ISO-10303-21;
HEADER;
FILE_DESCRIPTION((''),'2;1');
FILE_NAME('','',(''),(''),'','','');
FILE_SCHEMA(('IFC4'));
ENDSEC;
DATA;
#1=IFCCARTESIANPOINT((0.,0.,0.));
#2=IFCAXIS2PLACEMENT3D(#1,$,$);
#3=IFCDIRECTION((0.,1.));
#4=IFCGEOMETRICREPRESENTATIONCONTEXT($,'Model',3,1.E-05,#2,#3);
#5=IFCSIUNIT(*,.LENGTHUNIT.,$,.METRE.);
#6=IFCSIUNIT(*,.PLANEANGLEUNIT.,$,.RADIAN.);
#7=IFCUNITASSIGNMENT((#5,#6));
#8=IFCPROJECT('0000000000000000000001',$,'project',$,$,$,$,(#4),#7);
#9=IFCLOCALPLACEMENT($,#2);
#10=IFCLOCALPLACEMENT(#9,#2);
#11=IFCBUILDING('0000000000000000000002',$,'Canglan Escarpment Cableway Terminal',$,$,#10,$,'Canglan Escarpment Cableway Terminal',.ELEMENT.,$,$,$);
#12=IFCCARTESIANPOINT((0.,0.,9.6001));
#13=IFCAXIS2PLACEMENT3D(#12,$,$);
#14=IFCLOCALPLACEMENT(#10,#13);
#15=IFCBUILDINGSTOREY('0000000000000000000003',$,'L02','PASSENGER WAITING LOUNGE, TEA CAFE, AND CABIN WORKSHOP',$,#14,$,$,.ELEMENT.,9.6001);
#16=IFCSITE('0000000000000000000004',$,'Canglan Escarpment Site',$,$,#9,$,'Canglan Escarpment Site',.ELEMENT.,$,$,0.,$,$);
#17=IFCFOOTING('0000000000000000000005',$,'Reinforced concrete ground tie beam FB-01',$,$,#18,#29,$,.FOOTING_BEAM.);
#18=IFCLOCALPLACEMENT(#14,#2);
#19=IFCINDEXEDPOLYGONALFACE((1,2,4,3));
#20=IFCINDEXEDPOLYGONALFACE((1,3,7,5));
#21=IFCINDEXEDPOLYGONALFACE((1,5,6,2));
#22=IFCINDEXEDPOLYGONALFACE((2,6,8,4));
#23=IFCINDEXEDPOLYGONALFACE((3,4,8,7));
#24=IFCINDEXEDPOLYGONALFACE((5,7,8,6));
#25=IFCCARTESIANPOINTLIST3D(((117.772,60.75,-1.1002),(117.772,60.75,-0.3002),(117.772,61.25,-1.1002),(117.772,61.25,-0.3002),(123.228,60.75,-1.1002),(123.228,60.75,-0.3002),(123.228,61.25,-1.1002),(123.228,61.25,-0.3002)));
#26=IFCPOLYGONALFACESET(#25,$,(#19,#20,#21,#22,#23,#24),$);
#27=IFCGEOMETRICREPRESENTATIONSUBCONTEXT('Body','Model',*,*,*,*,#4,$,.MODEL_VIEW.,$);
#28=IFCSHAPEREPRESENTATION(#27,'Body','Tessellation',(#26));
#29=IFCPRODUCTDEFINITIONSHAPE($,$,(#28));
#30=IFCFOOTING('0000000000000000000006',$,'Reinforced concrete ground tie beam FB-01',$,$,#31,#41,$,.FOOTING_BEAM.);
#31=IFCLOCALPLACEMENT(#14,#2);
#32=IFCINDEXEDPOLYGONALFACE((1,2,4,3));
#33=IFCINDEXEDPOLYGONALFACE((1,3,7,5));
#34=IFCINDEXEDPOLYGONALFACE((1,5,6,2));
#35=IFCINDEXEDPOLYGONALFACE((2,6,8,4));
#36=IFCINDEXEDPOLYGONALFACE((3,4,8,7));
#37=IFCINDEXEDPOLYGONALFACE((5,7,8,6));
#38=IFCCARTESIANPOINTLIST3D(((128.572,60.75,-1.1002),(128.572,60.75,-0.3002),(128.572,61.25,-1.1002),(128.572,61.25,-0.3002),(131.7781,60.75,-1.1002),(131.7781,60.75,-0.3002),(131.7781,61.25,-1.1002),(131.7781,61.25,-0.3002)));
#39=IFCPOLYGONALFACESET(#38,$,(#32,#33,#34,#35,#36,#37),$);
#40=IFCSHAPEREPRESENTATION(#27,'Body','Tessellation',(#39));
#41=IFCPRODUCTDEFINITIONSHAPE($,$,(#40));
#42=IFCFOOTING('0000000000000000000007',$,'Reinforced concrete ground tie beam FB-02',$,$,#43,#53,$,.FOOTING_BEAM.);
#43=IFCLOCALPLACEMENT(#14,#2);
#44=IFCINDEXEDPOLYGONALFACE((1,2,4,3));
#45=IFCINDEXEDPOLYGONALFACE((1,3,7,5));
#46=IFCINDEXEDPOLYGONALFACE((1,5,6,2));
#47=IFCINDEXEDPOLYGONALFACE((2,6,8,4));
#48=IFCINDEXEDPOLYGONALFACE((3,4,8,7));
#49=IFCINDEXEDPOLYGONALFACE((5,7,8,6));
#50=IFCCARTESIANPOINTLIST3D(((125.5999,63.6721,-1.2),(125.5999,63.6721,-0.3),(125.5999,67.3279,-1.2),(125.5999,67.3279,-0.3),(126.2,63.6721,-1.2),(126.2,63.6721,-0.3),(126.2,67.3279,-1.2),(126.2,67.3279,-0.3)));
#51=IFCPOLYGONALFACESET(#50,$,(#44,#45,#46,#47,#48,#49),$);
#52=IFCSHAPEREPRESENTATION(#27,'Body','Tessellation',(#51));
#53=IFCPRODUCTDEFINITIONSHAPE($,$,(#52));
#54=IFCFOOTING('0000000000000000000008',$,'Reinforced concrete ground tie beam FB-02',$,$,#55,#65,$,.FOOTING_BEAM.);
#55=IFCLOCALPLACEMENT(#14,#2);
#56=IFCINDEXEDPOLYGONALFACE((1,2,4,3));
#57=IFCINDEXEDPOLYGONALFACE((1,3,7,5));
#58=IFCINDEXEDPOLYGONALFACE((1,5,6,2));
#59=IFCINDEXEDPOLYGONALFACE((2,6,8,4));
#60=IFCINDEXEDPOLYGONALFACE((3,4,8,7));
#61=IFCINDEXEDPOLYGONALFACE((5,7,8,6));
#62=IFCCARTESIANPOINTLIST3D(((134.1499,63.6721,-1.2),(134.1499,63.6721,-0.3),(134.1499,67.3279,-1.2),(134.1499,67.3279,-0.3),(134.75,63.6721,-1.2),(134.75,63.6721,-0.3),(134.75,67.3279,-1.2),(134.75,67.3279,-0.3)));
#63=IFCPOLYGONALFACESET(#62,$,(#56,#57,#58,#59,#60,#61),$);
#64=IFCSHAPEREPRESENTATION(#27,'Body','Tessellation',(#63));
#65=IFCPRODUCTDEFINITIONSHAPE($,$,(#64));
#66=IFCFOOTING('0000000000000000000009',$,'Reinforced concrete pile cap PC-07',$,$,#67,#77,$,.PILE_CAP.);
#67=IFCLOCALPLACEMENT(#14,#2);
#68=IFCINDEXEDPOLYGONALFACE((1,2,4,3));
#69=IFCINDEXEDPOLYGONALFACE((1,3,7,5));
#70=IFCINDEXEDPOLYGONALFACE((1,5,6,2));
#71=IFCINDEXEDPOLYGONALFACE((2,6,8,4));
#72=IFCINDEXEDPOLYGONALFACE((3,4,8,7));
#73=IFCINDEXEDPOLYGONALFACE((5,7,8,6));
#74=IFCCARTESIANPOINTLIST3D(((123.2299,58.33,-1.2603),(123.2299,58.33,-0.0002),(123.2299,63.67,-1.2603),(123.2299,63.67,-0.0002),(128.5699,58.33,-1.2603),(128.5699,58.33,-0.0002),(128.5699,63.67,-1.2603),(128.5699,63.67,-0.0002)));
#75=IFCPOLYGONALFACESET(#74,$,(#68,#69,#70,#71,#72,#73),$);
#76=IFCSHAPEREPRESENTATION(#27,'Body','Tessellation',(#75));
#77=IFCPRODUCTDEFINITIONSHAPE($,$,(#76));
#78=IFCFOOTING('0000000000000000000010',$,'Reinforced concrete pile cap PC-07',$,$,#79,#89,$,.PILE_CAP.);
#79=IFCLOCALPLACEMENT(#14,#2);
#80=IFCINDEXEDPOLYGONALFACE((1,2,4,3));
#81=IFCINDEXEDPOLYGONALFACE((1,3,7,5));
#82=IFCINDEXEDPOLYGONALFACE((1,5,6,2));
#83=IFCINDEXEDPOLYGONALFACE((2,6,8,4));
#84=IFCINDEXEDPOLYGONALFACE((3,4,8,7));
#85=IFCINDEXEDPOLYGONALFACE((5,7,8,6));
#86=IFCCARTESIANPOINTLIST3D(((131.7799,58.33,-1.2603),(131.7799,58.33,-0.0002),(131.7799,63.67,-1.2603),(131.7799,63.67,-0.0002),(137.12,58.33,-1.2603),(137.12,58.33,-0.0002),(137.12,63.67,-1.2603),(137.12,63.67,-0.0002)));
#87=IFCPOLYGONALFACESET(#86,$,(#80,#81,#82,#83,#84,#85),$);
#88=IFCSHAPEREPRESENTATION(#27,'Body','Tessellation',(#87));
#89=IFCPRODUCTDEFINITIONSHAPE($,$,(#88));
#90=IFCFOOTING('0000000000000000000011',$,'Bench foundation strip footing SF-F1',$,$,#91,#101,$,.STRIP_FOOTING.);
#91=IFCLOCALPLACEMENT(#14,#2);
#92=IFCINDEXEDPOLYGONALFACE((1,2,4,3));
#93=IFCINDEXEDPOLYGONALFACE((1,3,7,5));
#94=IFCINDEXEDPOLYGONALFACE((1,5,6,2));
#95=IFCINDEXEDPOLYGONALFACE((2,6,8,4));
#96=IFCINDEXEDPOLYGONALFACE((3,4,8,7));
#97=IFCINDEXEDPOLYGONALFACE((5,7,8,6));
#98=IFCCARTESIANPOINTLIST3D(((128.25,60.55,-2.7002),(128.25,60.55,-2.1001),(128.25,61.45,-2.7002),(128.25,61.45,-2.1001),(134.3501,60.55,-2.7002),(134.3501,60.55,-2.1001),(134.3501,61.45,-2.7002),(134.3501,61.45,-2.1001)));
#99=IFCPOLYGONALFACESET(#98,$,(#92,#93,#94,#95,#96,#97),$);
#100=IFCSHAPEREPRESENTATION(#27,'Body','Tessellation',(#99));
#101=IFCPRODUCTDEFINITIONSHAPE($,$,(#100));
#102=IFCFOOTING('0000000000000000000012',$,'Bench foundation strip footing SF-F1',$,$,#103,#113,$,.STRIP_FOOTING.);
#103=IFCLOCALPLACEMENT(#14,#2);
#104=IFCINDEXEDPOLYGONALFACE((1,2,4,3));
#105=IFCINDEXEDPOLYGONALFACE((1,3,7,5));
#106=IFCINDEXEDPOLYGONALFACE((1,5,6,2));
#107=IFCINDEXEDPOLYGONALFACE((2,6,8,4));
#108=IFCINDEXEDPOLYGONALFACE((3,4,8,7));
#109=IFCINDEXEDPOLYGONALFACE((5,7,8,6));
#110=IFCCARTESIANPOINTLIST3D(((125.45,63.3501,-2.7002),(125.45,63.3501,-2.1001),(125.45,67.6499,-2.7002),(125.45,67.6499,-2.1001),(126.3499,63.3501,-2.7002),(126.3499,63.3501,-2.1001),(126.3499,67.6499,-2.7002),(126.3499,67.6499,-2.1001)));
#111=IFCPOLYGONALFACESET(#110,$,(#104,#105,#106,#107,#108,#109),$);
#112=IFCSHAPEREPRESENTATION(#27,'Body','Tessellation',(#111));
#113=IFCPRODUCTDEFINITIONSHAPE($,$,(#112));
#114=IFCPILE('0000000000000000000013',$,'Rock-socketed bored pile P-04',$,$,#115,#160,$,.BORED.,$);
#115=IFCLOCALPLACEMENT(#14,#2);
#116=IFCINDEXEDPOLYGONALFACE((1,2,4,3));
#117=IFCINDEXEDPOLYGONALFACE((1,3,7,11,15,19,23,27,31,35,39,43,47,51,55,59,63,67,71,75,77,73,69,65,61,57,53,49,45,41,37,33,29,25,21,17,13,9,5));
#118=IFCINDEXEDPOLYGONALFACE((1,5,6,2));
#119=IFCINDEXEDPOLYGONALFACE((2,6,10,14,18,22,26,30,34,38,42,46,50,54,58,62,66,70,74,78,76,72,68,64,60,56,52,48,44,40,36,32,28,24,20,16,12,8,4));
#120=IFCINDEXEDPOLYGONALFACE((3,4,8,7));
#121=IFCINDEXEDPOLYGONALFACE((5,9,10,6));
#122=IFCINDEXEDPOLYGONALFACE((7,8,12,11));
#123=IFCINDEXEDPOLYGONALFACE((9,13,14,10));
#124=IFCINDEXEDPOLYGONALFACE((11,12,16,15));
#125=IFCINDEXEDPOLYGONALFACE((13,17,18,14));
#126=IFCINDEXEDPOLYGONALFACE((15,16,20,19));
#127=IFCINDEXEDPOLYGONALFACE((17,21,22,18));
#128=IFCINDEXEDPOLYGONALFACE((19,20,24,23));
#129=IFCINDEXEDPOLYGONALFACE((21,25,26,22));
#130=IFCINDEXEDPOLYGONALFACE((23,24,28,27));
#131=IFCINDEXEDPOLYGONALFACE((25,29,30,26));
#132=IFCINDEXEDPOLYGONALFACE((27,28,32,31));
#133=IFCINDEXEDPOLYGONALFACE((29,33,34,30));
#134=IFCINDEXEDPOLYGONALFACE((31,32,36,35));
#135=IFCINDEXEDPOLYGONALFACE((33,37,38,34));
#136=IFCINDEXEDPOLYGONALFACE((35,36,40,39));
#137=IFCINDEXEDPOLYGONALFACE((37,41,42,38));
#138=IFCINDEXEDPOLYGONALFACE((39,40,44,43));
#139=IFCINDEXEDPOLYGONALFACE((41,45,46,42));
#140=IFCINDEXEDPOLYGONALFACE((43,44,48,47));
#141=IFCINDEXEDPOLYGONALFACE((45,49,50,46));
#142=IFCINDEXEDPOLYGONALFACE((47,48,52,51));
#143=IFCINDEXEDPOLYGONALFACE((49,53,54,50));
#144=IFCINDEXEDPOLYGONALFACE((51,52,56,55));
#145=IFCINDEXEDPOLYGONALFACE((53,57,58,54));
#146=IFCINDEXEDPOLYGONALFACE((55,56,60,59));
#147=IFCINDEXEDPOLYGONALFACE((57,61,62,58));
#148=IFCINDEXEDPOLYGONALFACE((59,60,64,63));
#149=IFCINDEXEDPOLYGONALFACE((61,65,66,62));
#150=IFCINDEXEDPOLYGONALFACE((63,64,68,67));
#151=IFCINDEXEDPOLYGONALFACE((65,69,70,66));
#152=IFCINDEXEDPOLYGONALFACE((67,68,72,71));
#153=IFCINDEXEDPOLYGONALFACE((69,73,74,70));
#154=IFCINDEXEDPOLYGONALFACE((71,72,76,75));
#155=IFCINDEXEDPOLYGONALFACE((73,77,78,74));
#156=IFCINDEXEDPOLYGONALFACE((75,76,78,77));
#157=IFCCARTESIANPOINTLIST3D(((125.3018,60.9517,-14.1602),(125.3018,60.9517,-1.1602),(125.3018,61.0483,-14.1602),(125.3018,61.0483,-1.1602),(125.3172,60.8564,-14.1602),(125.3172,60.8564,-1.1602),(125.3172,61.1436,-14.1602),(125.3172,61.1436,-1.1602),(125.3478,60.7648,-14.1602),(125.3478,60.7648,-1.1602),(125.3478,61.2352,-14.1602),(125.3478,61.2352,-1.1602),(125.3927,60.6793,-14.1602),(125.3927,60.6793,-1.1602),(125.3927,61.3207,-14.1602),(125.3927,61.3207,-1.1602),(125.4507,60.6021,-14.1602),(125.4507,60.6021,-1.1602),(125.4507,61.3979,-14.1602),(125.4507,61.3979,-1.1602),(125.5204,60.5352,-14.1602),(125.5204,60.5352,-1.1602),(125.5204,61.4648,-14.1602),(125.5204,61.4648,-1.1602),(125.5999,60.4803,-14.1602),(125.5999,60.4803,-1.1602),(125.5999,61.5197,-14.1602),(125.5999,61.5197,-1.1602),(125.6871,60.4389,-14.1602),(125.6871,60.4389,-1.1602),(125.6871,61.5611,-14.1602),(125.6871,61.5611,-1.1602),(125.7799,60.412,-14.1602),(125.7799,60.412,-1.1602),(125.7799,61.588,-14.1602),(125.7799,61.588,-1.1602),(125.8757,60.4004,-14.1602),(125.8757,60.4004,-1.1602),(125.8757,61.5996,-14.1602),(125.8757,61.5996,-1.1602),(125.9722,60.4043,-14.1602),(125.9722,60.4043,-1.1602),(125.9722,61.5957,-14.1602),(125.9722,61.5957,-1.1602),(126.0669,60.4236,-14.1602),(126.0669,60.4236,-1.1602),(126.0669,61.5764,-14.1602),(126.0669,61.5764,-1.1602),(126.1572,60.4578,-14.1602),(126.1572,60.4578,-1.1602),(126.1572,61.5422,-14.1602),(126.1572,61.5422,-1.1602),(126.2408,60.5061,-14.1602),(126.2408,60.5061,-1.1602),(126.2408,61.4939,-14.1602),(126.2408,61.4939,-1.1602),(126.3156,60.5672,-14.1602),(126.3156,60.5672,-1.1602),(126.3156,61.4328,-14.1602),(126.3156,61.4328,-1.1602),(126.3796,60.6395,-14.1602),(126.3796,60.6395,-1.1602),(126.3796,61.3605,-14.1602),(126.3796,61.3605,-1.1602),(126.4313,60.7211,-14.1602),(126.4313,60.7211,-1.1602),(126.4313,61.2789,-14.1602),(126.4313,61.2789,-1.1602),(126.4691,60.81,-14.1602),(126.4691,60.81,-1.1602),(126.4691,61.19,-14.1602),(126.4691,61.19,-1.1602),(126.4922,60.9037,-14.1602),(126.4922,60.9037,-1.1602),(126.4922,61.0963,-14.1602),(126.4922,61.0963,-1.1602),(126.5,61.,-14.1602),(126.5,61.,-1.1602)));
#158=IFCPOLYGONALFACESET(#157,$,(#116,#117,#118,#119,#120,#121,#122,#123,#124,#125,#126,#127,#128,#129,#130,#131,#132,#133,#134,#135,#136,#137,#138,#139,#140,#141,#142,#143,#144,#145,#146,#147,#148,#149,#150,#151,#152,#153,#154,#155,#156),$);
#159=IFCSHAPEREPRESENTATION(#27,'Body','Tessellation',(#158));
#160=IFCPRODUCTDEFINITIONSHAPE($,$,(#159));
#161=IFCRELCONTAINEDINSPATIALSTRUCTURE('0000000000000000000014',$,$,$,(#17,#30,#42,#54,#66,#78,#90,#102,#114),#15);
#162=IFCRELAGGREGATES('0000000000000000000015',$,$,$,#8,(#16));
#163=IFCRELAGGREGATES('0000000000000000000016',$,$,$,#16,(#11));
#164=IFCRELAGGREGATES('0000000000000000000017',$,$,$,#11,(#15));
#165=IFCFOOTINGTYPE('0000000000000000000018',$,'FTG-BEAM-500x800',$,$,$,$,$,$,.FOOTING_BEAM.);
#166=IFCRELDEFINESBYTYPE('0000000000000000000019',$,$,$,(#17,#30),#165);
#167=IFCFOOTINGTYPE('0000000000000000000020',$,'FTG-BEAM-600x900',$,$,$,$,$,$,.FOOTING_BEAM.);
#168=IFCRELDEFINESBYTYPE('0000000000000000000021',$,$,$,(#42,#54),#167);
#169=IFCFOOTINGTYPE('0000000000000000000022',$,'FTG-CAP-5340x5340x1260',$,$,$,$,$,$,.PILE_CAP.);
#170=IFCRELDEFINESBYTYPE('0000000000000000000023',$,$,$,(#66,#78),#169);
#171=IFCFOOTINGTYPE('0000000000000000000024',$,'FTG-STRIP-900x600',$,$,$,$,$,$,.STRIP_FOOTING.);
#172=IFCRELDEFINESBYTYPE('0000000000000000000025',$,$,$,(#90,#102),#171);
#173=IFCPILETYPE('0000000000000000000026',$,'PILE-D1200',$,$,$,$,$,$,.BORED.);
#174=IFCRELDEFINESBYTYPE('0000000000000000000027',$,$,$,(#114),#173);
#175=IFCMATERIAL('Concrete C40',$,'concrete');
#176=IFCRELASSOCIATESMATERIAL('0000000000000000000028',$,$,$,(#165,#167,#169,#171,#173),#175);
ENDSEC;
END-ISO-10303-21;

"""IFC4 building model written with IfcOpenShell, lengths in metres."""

from ifc_helpers import new_model, si_unit, direction, frame, origin, origin_2d, place, context, subcontext, project, spatial, rectangle, circle, extrude, material, material_profile, profile_set, type_object, element, save


model = new_model("IFC4")

# Units and contexts
model_context = context("Model", 3, precision=1e-05, world=origin(), true_north=direction((0.0, 1.0)))
body_context = subcontext(model_context, "Body", "Model", "MODEL_VIEW")
ifc_project = project(units=[si_unit("LENGTHUNIT", "METRE"), si_unit("PLANEANGLEUNIT", "RADIAN")], contexts=[model_context])

# Site, building, storey
site_placement = place(None, origin())
site = spatial("IfcSite", under=ifc_project, at=site_placement, Name="Canglan Escarpment Site", LongName="Canglan Escarpment Site", CompositionType="ELEMENT", RefElevation=0.0)
building_placement = place(site_placement, origin())
building = spatial("IfcBuilding", under=site, at=building_placement, Name="Canglan Escarpment Cableway Terminal", LongName="Canglan Escarpment Cableway Terminal", CompositionType="ELEMENT")
storey_placement = place(building_placement, frame((0.0, 0.0, 9.6001)))
storey = spatial("IfcBuildingStorey", under=building, at=storey_placement, Name="L02", Description="PASSENGER WAITING LOUNGE, TEA CAFE, AND CABIN WORKSHOP", CompositionType="ELEMENT", Elevation=9.6001)

# Footings
ifc_material_1 = material(Name="Concrete C40", Category="concrete")
ifc_material_profile_1 = material_profile(ifc_material_1, rectangle(XDim=0.5, YDim=0.8, at=origin_2d()), Name="FB 500x800")
ifc_profile_set_1 = profile_set([ifc_material_profile_1], Name="Concrete C40")
footing_type_1 = type_object("IfcFootingType", Name="FTG-BEAM-500x800", PredefinedType="FOOTING_BEAM", material=ifc_profile_set_1)
footing_1_placement = place(storey_placement, frame((117.772, 61.0, -0.7002), z_axis=(1.0, 0.0, 0.0), x_axis=(0.0, 1.0, 0.0)))
element("IfcFooting", 1, at=footing_1_placement, inside=storey, type_object=footing_type_1, Name="Reinforced concrete ground tie beam FB-01", PredefinedType="FOOTING_BEAM", context=body_context, shape_type="SweptSolid", body=[
    extrude(rectangle(XDim=0.5, YDim=0.8, at=origin_2d()), origin(), (0.0, 0.0, 1.0), 5.4561),
])
footing_2_placement = place(storey_placement, frame((128.572, 61.0, -0.7002), z_axis=(1.0, 0.0, 0.0), x_axis=(0.0, 1.0, 0.0)))
element("IfcFooting", 2, at=footing_2_placement, inside=storey, type_object=footing_type_1, Name="Reinforced concrete ground tie beam FB-01", PredefinedType="FOOTING_BEAM", context=body_context, shape_type="SweptSolid", body=[
    extrude(rectangle(XDim=0.5, YDim=0.8, at=origin_2d()), origin(), (0.0, 0.0, 1.0), 3.2061),
])
ifc_material_profile_2 = material_profile(ifc_material_1, rectangle(XDim=0.6001, YDim=0.8999, at=origin_2d()), Name="FB 600x900")
ifc_profile_set_2 = profile_set([ifc_material_profile_2], Name="Concrete C40")
footing_type_2 = type_object("IfcFootingType", Name="FTG-BEAM-600x900", PredefinedType="FOOTING_BEAM", material=ifc_profile_set_2)
for number, where, z_axis, x_axis, name in (
    (3, (125.8999, 63.6721, -0.75), (0.0, 1.0, 0.0), (-1.0, 0.0, 0.0), "Reinforced concrete ground tie beam FB-02"),
    (4, (134.45, 63.6721, -0.75), (0.0, 1.0, 0.0), (-1.0, 0.0, 0.0), "Reinforced concrete ground tie beam FB-02"),
):
    element("IfcFooting", number, at=place(storey_placement, frame(where, z_axis=z_axis, x_axis=x_axis)), inside=storey, type_object=footing_type_2, Name=name, PredefinedType="FOOTING_BEAM", context=body_context, shape_type="SweptSolid", body=[
        extrude(rectangle(XDim=0.6001, YDim=0.8999, at=origin_2d()), origin(), (0.0, 0.0, 1.0), 3.6558),
    ])
footing_type_3 = type_object("IfcFootingType", Name="FTG-CAP-5340x5340x1260", PredefinedType="PILE_CAP", material=ifc_material_1)
for number, where, z_axis, x_axis, name in (
    (5, (125.8999, 61.0, -1.2603), (0.0, 0.0, 1.0), (1.0, 0.0, 0.0), "Reinforced concrete pile cap PC-07"),
    (6, (134.45, 61.0, -1.2603), (0.0, 0.0, 1.0), (1.0, 0.0, 0.0), "Reinforced concrete pile cap PC-07"),
):
    element("IfcFooting", number, at=place(storey_placement, frame(where, z_axis=z_axis, x_axis=x_axis)), inside=storey, type_object=footing_type_3, Name=name, PredefinedType="PILE_CAP", context=body_context, shape_type="SweptSolid", body=[
        extrude(rectangle(XDim=5.3401, YDim=5.3401, at=origin_2d()), origin(), (0.0, 0.0, 1.0), 1.26),
    ])
ifc_material_profile_3 = material_profile(ifc_material_1, rectangle(XDim=0.8999, YDim=0.6001, at=origin_2d()), Name="SF 900x600")
ifc_profile_set_3 = profile_set([ifc_material_profile_3], Name="Concrete C40")
footing_type_4 = type_object("IfcFootingType", Name="FTG-STRIP-900x600", PredefinedType="STRIP_FOOTING", material=ifc_profile_set_3)
footing_3_placement = place(storey_placement, frame((128.25, 61.0, -2.4001), z_axis=(1.0, 0.0, 0.0), x_axis=(0.0, 1.0, 0.0)))
element("IfcFooting", 7, at=footing_3_placement, inside=storey, type_object=footing_type_4, Name="Bench foundation strip footing SF-F1", PredefinedType="STRIP_FOOTING", context=body_context, shape_type="SweptSolid", body=[
    extrude(rectangle(XDim=0.8999, YDim=0.6001, at=origin_2d()), origin(), (0.0, 0.0, 1.0), 6.1001),
])
footing_4_placement = place(storey_placement, frame((125.8999, 63.3501, -2.4001), z_axis=(0.0, 1.0, 0.0), x_axis=(-1.0, 0.0, 0.0)))
element("IfcFooting", 8, at=footing_4_placement, inside=storey, type_object=footing_type_4, Name="Bench foundation strip footing SF-F1", PredefinedType="STRIP_FOOTING", context=body_context, shape_type="SweptSolid", body=[
    extrude(rectangle(XDim=0.8999, YDim=0.6001, at=origin_2d()), origin(), (0.0, 0.0, 1.0), 4.2998),
])

# Pile
ifc_material_profile_4 = material_profile(ifc_material_1, circle(Radius=0.6001, at=origin_2d()), Name="BORED PILE D1200")
ifc_profile_set_4 = profile_set([ifc_material_profile_4], Name="Concrete C40")
pile_type = type_object("IfcPileType", Name="PILE-D1200", PredefinedType="BORED", material=ifc_profile_set_4)
for number, where, z_axis, x_axis, name in (
    (9, (125.8999, 61.0, -1.1602), (0.0, 0.0, -1.0), (1.0, 0.0, 0.0), "Rock-socketed bored pile P-04"),
):
    element("IfcPile", number, at=place(storey_placement, frame(where, z_axis=z_axis, x_axis=x_axis)), inside=storey, type_object=pile_type, Name=name, PredefinedType="BORED", context=body_context, shape_type="SweptSolid", body=[
        extrude(circle(Radius=0.6001, at=origin_2d()), origin(), (0.0, 0.0, 1.0), 13.0),
    ])

save(model, "model.ifc")
